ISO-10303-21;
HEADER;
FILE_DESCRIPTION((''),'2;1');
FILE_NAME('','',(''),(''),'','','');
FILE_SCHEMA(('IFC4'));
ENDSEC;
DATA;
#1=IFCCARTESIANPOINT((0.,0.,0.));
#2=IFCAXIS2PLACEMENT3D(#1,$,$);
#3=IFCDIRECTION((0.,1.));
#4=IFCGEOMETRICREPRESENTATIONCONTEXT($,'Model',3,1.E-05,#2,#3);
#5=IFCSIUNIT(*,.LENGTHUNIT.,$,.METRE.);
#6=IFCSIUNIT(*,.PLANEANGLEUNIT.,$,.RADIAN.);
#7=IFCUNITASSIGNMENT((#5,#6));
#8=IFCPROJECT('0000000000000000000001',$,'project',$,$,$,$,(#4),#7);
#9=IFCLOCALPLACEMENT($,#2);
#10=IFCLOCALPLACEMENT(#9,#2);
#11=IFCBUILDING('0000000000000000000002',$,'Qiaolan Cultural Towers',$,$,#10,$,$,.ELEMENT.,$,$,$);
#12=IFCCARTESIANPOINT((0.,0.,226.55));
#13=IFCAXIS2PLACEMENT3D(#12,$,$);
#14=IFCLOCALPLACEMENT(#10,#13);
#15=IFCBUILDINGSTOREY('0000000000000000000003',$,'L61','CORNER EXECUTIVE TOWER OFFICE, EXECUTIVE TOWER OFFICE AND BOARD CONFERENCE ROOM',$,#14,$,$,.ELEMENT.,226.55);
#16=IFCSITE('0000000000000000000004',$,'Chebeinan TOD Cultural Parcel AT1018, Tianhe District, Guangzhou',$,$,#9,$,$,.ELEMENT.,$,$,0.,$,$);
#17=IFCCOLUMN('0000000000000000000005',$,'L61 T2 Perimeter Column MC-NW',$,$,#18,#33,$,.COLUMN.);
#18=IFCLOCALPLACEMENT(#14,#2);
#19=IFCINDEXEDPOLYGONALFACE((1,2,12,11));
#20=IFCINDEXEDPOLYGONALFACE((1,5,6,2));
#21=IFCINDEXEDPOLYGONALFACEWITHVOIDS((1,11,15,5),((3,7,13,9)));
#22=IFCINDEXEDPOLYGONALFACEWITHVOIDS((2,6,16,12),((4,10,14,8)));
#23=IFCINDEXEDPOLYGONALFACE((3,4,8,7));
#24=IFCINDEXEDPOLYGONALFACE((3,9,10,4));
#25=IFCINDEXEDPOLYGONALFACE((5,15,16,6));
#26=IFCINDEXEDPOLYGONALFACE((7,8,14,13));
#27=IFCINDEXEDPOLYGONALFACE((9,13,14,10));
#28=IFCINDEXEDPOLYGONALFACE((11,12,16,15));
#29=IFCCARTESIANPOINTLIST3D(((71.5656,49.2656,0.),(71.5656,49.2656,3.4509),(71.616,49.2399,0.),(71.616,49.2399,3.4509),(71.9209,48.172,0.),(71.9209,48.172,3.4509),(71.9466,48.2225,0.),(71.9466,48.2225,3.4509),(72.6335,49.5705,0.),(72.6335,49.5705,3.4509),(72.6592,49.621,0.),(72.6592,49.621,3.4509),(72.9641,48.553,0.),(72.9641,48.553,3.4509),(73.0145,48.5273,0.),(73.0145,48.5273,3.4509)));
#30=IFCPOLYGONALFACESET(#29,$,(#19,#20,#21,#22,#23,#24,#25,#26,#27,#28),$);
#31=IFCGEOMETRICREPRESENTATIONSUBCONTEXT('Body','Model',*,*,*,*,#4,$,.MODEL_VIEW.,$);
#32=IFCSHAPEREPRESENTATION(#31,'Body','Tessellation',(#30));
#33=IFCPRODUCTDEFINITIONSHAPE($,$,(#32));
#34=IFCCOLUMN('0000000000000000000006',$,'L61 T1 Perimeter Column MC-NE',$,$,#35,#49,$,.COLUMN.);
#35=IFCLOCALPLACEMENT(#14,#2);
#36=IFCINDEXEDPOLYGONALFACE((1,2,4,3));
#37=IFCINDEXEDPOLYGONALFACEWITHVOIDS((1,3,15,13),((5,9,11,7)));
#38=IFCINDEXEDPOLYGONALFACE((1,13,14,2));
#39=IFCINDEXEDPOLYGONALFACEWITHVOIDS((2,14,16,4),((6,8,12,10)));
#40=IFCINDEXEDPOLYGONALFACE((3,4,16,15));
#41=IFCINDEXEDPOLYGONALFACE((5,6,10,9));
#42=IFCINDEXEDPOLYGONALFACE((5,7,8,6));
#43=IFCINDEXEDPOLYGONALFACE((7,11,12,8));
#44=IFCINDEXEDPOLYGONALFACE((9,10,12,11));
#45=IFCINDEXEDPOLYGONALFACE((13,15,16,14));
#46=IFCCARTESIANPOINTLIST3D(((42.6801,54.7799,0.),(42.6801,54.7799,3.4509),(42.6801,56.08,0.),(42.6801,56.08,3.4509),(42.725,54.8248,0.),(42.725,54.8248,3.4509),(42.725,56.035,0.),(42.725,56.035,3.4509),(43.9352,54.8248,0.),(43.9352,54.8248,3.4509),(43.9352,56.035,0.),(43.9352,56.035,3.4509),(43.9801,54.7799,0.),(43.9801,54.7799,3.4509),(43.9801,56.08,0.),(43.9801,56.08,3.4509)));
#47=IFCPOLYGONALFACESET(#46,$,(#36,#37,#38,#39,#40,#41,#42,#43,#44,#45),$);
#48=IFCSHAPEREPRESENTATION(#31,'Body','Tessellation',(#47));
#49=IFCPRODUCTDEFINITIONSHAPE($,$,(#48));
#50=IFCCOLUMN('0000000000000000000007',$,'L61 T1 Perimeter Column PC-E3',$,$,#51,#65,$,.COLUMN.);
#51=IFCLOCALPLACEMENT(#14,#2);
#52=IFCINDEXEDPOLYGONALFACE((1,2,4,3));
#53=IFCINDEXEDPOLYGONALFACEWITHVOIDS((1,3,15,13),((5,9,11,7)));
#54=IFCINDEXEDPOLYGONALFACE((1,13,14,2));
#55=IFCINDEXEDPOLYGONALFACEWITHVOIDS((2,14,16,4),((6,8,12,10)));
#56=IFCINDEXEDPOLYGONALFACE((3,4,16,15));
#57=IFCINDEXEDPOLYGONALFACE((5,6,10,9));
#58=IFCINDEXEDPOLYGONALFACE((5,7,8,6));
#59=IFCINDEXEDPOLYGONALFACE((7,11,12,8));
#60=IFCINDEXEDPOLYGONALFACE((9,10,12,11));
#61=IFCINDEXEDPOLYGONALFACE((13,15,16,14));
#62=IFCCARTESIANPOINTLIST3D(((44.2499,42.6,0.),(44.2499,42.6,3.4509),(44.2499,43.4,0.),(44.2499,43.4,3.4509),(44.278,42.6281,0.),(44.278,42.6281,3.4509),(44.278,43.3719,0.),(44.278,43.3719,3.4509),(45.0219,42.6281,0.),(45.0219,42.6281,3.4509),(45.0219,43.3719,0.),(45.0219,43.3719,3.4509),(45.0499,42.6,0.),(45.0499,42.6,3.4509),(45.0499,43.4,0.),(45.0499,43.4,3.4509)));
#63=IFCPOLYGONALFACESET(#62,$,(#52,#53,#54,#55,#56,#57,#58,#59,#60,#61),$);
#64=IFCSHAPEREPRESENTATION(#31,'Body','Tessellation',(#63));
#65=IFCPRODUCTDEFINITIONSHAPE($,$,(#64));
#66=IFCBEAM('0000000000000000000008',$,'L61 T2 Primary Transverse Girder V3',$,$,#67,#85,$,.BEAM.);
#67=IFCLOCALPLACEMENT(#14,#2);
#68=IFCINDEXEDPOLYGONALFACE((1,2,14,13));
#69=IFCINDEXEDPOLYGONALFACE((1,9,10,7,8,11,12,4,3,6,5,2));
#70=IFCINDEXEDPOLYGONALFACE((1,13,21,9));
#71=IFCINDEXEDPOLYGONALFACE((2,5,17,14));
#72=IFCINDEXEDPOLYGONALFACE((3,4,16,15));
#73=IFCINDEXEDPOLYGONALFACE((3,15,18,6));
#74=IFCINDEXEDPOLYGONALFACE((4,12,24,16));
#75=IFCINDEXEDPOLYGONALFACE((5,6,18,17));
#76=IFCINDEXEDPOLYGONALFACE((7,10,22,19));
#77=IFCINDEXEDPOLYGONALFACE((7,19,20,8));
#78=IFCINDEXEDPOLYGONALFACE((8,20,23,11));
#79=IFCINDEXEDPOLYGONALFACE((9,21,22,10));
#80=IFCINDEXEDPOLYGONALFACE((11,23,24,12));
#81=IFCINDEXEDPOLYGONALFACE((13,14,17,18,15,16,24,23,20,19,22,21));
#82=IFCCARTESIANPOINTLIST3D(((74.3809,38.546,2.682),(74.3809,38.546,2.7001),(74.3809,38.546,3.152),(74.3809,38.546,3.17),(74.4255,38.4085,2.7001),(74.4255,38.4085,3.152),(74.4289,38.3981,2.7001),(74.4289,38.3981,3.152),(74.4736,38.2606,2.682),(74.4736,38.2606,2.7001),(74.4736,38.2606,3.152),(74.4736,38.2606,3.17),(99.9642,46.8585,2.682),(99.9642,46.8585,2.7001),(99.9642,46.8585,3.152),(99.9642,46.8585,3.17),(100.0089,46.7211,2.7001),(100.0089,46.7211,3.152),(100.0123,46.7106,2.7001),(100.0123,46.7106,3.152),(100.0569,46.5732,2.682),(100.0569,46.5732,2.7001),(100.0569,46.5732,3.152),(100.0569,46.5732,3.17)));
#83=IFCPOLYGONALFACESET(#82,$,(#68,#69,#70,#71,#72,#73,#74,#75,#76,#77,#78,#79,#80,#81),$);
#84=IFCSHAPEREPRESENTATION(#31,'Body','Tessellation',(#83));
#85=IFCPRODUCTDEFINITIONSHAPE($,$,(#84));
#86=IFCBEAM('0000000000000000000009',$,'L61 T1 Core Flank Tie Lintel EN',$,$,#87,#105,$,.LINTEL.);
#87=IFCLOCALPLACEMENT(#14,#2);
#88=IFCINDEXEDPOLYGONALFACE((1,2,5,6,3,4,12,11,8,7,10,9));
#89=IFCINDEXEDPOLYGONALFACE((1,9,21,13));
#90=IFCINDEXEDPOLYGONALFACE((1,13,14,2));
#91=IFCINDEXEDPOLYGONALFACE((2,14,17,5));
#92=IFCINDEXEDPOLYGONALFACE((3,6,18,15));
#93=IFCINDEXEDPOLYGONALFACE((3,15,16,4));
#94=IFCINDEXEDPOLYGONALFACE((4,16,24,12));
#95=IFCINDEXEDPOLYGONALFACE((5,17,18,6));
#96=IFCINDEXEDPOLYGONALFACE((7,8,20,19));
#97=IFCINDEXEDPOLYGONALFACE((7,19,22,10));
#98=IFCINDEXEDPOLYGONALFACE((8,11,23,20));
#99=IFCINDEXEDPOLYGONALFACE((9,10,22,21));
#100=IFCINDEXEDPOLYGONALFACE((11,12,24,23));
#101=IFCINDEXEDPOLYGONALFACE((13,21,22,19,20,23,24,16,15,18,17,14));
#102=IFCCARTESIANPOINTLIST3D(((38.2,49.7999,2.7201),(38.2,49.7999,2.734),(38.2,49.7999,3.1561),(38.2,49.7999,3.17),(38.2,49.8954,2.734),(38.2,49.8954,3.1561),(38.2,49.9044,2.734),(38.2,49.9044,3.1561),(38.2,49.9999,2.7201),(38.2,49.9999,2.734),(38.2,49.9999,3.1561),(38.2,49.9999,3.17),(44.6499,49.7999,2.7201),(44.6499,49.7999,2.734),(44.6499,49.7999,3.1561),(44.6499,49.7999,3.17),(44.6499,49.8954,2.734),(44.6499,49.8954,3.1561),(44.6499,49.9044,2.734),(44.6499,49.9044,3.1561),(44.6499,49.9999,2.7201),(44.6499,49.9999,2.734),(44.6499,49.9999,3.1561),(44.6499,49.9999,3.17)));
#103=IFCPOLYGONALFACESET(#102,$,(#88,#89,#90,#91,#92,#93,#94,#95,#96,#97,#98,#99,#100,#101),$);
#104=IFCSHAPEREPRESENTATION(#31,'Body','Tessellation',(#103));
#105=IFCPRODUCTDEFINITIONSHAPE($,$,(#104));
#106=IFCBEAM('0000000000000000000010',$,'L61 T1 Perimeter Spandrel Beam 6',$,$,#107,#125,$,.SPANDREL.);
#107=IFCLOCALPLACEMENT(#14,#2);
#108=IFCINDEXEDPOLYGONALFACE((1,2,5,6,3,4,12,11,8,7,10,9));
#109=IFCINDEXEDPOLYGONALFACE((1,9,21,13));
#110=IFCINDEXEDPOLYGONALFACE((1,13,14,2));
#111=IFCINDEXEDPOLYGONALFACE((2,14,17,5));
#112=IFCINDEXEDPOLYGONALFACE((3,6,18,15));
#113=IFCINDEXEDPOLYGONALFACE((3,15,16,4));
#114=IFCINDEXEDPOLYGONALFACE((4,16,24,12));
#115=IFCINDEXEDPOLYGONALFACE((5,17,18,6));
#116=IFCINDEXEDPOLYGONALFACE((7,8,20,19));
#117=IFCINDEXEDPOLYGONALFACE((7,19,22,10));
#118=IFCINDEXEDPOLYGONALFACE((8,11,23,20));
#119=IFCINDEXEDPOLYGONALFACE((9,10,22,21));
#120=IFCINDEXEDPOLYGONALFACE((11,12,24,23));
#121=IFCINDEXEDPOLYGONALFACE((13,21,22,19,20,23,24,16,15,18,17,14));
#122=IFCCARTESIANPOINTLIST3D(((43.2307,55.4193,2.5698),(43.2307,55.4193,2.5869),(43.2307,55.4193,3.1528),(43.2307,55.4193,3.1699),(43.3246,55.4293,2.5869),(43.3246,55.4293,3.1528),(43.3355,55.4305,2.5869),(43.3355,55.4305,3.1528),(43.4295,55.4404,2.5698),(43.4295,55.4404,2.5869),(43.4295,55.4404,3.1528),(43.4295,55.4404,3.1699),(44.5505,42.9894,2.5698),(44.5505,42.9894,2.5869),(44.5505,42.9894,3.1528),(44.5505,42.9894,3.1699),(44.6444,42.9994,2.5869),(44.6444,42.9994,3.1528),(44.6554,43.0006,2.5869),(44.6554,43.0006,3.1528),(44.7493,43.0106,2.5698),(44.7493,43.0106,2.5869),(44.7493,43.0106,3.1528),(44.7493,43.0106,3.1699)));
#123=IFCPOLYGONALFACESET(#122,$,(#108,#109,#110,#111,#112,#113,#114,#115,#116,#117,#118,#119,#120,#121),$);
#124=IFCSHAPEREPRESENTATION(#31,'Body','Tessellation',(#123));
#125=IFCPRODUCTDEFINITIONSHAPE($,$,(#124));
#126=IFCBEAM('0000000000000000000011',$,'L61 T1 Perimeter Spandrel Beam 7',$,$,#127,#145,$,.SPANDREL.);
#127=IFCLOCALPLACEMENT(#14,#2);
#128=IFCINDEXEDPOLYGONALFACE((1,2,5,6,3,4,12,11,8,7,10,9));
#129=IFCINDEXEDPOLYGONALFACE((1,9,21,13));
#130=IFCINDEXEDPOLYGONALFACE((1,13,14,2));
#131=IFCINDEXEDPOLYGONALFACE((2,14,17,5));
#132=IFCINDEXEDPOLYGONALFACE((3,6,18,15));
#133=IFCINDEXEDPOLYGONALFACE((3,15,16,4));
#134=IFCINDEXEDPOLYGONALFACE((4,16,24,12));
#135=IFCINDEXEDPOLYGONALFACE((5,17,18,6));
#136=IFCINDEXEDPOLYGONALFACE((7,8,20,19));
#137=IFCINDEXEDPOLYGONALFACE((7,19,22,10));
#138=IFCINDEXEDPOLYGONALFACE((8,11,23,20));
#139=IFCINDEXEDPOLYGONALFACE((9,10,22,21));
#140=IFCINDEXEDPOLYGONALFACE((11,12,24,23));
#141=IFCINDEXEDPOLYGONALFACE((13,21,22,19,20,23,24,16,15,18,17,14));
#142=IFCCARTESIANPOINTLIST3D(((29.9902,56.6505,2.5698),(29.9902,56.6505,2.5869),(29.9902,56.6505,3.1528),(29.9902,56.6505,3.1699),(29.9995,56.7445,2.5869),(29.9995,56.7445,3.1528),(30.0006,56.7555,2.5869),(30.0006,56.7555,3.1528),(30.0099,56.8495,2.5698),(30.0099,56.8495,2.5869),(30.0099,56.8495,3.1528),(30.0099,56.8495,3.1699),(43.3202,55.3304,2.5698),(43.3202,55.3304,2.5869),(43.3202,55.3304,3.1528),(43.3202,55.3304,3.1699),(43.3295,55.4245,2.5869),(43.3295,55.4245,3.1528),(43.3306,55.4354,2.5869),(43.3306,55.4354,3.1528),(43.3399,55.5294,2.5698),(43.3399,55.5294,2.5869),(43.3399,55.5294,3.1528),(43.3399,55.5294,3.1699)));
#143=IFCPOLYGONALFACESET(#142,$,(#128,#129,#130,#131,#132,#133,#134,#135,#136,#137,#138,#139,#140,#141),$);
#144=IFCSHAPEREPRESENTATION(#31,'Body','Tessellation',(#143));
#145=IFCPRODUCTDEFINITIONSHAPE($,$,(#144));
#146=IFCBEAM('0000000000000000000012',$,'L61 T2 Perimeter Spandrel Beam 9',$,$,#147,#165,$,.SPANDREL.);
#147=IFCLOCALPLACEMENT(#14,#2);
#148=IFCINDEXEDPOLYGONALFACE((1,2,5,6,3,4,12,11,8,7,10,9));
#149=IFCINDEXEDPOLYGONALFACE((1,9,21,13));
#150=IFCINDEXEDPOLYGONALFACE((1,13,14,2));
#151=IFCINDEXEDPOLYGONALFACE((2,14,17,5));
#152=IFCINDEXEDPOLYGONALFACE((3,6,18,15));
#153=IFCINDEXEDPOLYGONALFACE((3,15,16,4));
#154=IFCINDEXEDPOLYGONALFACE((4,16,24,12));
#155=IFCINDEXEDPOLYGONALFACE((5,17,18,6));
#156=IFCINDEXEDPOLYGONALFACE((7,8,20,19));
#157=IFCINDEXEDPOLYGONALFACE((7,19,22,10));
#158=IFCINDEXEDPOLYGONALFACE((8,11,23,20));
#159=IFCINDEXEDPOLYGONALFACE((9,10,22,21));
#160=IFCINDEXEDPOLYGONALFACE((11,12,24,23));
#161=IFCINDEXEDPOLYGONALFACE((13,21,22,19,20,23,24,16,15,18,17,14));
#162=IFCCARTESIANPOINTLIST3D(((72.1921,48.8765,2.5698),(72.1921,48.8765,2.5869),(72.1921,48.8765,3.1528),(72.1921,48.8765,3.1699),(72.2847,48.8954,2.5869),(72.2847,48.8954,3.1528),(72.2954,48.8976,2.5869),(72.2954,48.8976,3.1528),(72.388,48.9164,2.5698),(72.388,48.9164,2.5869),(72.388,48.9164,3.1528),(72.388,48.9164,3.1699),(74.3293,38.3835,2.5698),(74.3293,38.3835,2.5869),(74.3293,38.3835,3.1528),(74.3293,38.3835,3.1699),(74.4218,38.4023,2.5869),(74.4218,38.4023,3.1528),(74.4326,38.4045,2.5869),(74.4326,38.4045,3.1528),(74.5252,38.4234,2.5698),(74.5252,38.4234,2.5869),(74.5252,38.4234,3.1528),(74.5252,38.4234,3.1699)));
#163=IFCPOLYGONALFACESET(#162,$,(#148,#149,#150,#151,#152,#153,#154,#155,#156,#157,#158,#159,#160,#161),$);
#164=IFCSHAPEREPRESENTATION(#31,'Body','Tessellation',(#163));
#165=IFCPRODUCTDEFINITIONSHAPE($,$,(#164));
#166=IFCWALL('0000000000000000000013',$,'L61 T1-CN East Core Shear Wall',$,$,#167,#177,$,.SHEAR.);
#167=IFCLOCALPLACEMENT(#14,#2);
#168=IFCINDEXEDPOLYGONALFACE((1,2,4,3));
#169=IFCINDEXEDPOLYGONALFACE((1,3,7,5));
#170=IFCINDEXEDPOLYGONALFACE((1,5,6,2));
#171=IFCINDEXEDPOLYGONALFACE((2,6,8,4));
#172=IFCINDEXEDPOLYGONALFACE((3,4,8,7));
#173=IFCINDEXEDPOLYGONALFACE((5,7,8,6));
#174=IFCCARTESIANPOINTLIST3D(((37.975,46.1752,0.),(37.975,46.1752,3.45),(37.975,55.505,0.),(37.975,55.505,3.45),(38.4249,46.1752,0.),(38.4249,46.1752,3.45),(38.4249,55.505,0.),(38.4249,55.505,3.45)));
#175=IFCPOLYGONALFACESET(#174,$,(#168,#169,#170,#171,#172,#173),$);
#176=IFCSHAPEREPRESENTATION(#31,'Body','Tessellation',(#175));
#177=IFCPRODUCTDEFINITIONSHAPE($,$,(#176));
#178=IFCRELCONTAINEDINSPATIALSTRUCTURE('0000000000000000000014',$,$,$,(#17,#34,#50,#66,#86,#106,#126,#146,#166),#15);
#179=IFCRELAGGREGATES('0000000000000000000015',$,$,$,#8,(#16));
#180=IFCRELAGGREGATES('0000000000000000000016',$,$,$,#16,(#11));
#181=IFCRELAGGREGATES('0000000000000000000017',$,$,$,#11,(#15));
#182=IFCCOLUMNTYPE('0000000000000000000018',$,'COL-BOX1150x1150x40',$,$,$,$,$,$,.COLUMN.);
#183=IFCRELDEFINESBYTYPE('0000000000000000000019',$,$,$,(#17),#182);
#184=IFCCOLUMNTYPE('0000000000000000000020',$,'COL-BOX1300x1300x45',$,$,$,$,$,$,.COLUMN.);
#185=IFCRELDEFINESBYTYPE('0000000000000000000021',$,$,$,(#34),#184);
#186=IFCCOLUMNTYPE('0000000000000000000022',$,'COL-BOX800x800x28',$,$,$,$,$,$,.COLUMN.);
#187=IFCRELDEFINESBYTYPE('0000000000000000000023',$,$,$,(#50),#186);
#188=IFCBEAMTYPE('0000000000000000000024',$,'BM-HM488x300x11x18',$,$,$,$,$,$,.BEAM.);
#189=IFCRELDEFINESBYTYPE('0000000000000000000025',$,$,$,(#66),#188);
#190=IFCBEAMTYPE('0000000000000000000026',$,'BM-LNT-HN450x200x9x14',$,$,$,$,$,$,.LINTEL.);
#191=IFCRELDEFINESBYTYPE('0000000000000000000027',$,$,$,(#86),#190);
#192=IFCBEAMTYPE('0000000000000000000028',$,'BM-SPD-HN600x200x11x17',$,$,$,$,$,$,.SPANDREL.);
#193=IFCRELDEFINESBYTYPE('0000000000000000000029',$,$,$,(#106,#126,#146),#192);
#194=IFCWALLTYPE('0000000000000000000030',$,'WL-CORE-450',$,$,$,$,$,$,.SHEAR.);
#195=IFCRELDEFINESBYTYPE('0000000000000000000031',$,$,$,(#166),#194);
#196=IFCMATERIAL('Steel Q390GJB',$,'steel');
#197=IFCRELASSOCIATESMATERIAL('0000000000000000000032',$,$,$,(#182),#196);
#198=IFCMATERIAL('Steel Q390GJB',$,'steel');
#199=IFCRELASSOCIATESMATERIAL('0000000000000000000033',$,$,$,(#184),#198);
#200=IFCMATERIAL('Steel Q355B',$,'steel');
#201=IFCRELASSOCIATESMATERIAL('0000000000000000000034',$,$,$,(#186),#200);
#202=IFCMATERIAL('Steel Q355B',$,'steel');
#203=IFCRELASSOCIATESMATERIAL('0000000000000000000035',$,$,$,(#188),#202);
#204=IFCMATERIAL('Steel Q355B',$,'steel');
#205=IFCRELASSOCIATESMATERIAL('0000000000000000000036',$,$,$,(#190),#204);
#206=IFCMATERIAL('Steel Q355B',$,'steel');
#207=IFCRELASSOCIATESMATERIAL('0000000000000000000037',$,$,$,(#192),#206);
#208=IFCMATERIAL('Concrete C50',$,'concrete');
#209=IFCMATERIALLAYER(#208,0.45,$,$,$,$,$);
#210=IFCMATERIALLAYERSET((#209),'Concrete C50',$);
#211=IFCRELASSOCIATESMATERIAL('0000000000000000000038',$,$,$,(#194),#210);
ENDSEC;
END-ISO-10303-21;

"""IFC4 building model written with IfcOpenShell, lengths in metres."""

from ifc_helpers import new_model, si_unit, direction, frame, frame_2d, origin, origin_2d, place, context, subcontext, project, spatial, rectangle, hollow_rectangle, i_section, extrude, material, layer, layer_set, material_profile, profile_set, type_object, element, save


model = new_model("IFC4")

# Units and contexts
model_context = context("Model", 3, precision=1e-05, world=origin(), true_north=direction((0.0, 1.0)))
body_context = subcontext(model_context, "Body", "Model", "MODEL_VIEW")
ifc_project = project(units=[si_unit("LENGTHUNIT", "METRE"), si_unit("PLANEANGLEUNIT", "RADIAN")], contexts=[model_context])

# Site, building, storey
site_placement = place(None, origin())
site = spatial("IfcSite", under=ifc_project, at=site_placement, Name="Chebeinan TOD Cultural Parcel AT1018, Tianhe District, Guangzhou", CompositionType="ELEMENT", RefElevation=0.0)
building_placement = place(site_placement, origin())
building = spatial("IfcBuilding", under=site, at=building_placement, Name="Qiaolan Cultural Towers", CompositionType="ELEMENT")
storey_placement = place(building_placement, frame((0.0, 0.0, 226.55)))
storey = spatial("IfcBuildingStorey", under=building, at=storey_placement, Name="L61", Description="CORNER EXECUTIVE TOWER OFFICE, EXECUTIVE TOWER OFFICE AND BOARD CONFERENCE ROOM", CompositionType="ELEMENT", Elevation=226.55)

# Columns
ifc_material_1 = material(Name="Steel Q390GJB", Category="steel")
ifc_material_profile_1 = material_profile(ifc_material_1, hollow_rectangle(XDim=1.1499, YDim=1.1499, WallThickness=0.04, at=origin_2d()), Name="BOX1150x1150x40")
ifc_profile_set_1 = profile_set([ifc_material_profile_1], Name="Steel Q390GJB")
column_type_1 = type_object("IfcColumnType", Name="COL-BOX1150x1150x40", PredefinedType="COLUMN", material=ifc_profile_set_1)
column_1_placement = place(storey_placement, frame((72.29, 48.8965, 0.0), z_axis=(0.0, 0.0, 1.0), x_axis=(0.951057, 0.309017, 0.0)))
element("IfcColumn", 1, at=column_1_placement, inside=storey, type_object=column_type_1, Name="L61 T2 Perimeter Column MC-NW", PredefinedType="COLUMN", context=body_context, shape_type="SweptSolid", body=[
    extrude(hollow_rectangle(XDim=1.1499, YDim=1.1499, WallThickness=0.04, at=origin_2d()), origin(), (0.0, 0.0, 1.0), 3.4509),
])
ifc_material_2 = material(Name="Steel Q390GJB", Category="steel")
ifc_material_profile_2 = material_profile(ifc_material_2, hollow_rectangle(XDim=1.3, YDim=1.3, WallThickness=0.0449, at=origin_2d()), Name="BOX1300x1300x45")
ifc_profile_set_2 = profile_set([ifc_material_profile_2], Name="Steel Q390GJB")
column_type_2 = type_object("IfcColumnType", Name="COL-BOX1300x1300x45", PredefinedType="COLUMN", material=ifc_profile_set_2)
column_2_placement = place(storey_placement, frame((43.3301, 55.4299, 0.0), z_axis=(0.0, 0.0, 1.0), x_axis=(1.0, 0.0, 0.0)))
element("IfcColumn", 2, at=column_2_placement, inside=storey, type_object=column_type_2, Name="L61 T1 Perimeter Column MC-NE", PredefinedType="COLUMN", context=body_context, shape_type="SweptSolid", body=[
    extrude(hollow_rectangle(XDim=1.3, YDim=1.3, WallThickness=0.0449, at=origin_2d()), origin(), (0.0, 0.0, 1.0), 3.4509),
])
ifc_material_3 = material(Name="Steel Q355B", Category="steel")
ifc_material_profile_3 = material_profile(ifc_material_3, hollow_rectangle(XDim=0.8, YDim=0.8, WallThickness=0.0281, at=origin_2d()), Name="BOX800x800x28")
ifc_profile_set_3 = profile_set([ifc_material_profile_3], Name="Steel Q355B")
column_type_3 = type_object("IfcColumnType", Name="COL-BOX800x800x28", PredefinedType="COLUMN", material=ifc_profile_set_3)
column_3_placement = place(storey_placement, frame((44.6499, 43.0, 0.0), z_axis=(0.0, 0.0, 1.0), x_axis=(1.0, 0.0, 0.0)))
element("IfcColumn", 3, at=column_3_placement, inside=storey, type_object=column_type_3, Name="L61 T1 Perimeter Column PC-E3", PredefinedType="COLUMN", context=body_context, shape_type="SweptSolid", body=[
    extrude(hollow_rectangle(XDim=0.8, YDim=0.8, WallThickness=0.0281, at=origin_2d()), origin(), (0.0, 0.0, 1.0), 3.4509),
])

# Beams
ifc_material_4 = material(Name="Steel Q355B", Category="steel")
ifc_material_profile_4 = material_profile(ifc_material_4, i_section(OverallWidth=0.3, OverallDepth=0.488, WebThickness=0.011, FlangeThickness=0.0181, at=origin_2d()), Name="HM488x300x11x18")
ifc_profile_set_4 = profile_set([ifc_material_profile_4], Name="Steel Q355B")
beam_type_1 = type_object("IfcBeamType", Name="BM-HM488x300x11x18", PredefinedType="BEAM", material=ifc_profile_set_4)
beam_1_placement = place(storey_placement, frame((74.4272, 38.4033, 2.926), z_axis=(0.951057, 0.309017, 0.0), x_axis=(-0.309017, 0.951057, 0.0)))
element("IfcBeam", 4, at=beam_1_placement, inside=storey, type_object=beam_type_1, Name="L61 T2 Primary Transverse Girder V3", PredefinedType="BEAM", context=body_context, shape_type="SweptSolid", body=[
    extrude(i_section(OverallWidth=0.3, OverallDepth=0.488, WebThickness=0.011, FlangeThickness=0.0181, at=origin_2d()), origin(), (0.0, 0.0, 1.0), 26.8999),
])
ifc_material_5 = material(Name="Steel Q355B", Category="steel")
ifc_material_profile_5 = material_profile(ifc_material_5, i_section(OverallWidth=0.2, OverallDepth=0.45, WebThickness=0.009, FlangeThickness=0.0139, at=origin_2d()), Name="HN450x200x9x14")
ifc_profile_set_5 = profile_set([ifc_material_profile_5], Name="Steel Q355B")
beam_type_2 = type_object("IfcBeamType", Name="BM-LNT-HN450x200x9x14", PredefinedType="LINTEL", material=ifc_profile_set_5)
beam_2_placement = place(storey_placement, frame((38.2, 49.8999, 2.9451), z_axis=(1.0, 0.0, 0.0), x_axis=(0.0, 1.0, 0.0)))
element("IfcBeam", 5, at=beam_2_placement, inside=storey, type_object=beam_type_2, Name="L61 T1 Core Flank Tie Lintel EN", PredefinedType="LINTEL", context=body_context, shape_type="SweptSolid", body=[
    extrude(i_section(OverallWidth=0.2, OverallDepth=0.45, WebThickness=0.009, FlangeThickness=0.0139, at=origin_2d()), origin(), (0.0, 0.0, 1.0), 6.45),
])
ifc_material_6 = material(Name="Steel Q355B", Category="steel")
ifc_material_profile_6 = material_profile(ifc_material_6, i_section(OverallWidth=0.2, OverallDepth=0.6001, WebThickness=0.011, FlangeThickness=0.0171, at=origin_2d()), Name="HN600x200x11x17")
ifc_profile_set_6 = profile_set([ifc_material_profile_6], Name="Steel Q355B")
beam_type_3 = type_object("IfcBeamType", Name="BM-SPD-HN600x200x11x17", PredefinedType="SPANDREL", material=ifc_profile_set_6)
beam_3_placement = place(storey_placement, frame((44.6499, 43.0, 2.8699), z_axis=(-0.105588, 0.99441, 0.0), x_axis=(-0.99441, -0.105588, 0.0)))
element("IfcBeam", 6, at=beam_3_placement, inside=storey, type_object=beam_type_3, Name="L61 T1 Perimeter Spandrel Beam 6", PredefinedType="SPANDREL", context=body_context, shape_type="SweptSolid", body=[
    extrude(i_section(OverallWidth=0.2, OverallDepth=0.6001, WebThickness=0.011, FlangeThickness=0.0171, at=origin_2d()), origin(), (0.0, 0.0, 1.0), 12.4998),
])
beam_4_placement = place(storey_placement, frame((43.3301, 55.4299, 2.8699), z_axis=(-0.995132, 0.098547, 0.0), x_axis=(-0.098547, -0.995132, 0.0)))
element("IfcBeam", 7, at=beam_4_placement, inside=storey, type_object=beam_type_3, Name="L61 T1 Perimeter Spandrel Beam 7", PredefinedType="SPANDREL", context=body_context, shape_type="SweptSolid", body=[
    extrude(i_section(OverallWidth=0.2, OverallDepth=0.6001, WebThickness=0.011, FlangeThickness=0.0171, at=origin_2d()), origin(), (0.0, 0.0, 1.0), 13.3953),
])
beam_5_placement = place(storey_placement, frame((72.29, 48.8965, 2.8699), z_axis=(0.199579, -0.979882, 0.0), x_axis=(0.979882, 0.199579, 0.0)))
element("IfcBeam", 8, at=beam_5_placement, inside=storey, type_object=beam_type_3, Name="L61 T2 Perimeter Spandrel Beam 9", PredefinedType="SPANDREL", context=body_context, shape_type="SweptSolid", body=[
    extrude(i_section(OverallWidth=0.2, OverallDepth=0.6001, WebThickness=0.011, FlangeThickness=0.0171, at=origin_2d()), origin(), (0.0, 0.0, 1.0), 10.7085),
])

# Wall
ifc_material_7 = material(Name="Concrete C50", Category="concrete")
ifc_layer_1 = layer(ifc_material_7, 0.45)
ifc_layer_set_1 = layer_set([ifc_layer_1], Name="Concrete C50")
wall_type_1 = type_object("IfcWallType", Name="WL-CORE-450", PredefinedType="SHEAR", material=ifc_layer_set_1)
wall_1_placement = place(storey_placement, frame((38.2, 46.175, 0.0), z_axis=(0.0, 0.0, 1.0), x_axis=(0.0, 1.0, 0.0)))
element("IfcWall", 9, at=wall_1_placement, inside=storey, type_object=wall_type_1, Name="L61 T1-CN East Core Shear Wall", PredefinedType="SHEAR", context=body_context, shape_type="SweptSolid", body=[
    extrude(rectangle(XDim=9.3298, YDim=0.45, at=frame_2d((4.665, 0.0))), origin(), (0.0, 0.0, 1.0), 3.45),
])

save(model, "model.ifc")
